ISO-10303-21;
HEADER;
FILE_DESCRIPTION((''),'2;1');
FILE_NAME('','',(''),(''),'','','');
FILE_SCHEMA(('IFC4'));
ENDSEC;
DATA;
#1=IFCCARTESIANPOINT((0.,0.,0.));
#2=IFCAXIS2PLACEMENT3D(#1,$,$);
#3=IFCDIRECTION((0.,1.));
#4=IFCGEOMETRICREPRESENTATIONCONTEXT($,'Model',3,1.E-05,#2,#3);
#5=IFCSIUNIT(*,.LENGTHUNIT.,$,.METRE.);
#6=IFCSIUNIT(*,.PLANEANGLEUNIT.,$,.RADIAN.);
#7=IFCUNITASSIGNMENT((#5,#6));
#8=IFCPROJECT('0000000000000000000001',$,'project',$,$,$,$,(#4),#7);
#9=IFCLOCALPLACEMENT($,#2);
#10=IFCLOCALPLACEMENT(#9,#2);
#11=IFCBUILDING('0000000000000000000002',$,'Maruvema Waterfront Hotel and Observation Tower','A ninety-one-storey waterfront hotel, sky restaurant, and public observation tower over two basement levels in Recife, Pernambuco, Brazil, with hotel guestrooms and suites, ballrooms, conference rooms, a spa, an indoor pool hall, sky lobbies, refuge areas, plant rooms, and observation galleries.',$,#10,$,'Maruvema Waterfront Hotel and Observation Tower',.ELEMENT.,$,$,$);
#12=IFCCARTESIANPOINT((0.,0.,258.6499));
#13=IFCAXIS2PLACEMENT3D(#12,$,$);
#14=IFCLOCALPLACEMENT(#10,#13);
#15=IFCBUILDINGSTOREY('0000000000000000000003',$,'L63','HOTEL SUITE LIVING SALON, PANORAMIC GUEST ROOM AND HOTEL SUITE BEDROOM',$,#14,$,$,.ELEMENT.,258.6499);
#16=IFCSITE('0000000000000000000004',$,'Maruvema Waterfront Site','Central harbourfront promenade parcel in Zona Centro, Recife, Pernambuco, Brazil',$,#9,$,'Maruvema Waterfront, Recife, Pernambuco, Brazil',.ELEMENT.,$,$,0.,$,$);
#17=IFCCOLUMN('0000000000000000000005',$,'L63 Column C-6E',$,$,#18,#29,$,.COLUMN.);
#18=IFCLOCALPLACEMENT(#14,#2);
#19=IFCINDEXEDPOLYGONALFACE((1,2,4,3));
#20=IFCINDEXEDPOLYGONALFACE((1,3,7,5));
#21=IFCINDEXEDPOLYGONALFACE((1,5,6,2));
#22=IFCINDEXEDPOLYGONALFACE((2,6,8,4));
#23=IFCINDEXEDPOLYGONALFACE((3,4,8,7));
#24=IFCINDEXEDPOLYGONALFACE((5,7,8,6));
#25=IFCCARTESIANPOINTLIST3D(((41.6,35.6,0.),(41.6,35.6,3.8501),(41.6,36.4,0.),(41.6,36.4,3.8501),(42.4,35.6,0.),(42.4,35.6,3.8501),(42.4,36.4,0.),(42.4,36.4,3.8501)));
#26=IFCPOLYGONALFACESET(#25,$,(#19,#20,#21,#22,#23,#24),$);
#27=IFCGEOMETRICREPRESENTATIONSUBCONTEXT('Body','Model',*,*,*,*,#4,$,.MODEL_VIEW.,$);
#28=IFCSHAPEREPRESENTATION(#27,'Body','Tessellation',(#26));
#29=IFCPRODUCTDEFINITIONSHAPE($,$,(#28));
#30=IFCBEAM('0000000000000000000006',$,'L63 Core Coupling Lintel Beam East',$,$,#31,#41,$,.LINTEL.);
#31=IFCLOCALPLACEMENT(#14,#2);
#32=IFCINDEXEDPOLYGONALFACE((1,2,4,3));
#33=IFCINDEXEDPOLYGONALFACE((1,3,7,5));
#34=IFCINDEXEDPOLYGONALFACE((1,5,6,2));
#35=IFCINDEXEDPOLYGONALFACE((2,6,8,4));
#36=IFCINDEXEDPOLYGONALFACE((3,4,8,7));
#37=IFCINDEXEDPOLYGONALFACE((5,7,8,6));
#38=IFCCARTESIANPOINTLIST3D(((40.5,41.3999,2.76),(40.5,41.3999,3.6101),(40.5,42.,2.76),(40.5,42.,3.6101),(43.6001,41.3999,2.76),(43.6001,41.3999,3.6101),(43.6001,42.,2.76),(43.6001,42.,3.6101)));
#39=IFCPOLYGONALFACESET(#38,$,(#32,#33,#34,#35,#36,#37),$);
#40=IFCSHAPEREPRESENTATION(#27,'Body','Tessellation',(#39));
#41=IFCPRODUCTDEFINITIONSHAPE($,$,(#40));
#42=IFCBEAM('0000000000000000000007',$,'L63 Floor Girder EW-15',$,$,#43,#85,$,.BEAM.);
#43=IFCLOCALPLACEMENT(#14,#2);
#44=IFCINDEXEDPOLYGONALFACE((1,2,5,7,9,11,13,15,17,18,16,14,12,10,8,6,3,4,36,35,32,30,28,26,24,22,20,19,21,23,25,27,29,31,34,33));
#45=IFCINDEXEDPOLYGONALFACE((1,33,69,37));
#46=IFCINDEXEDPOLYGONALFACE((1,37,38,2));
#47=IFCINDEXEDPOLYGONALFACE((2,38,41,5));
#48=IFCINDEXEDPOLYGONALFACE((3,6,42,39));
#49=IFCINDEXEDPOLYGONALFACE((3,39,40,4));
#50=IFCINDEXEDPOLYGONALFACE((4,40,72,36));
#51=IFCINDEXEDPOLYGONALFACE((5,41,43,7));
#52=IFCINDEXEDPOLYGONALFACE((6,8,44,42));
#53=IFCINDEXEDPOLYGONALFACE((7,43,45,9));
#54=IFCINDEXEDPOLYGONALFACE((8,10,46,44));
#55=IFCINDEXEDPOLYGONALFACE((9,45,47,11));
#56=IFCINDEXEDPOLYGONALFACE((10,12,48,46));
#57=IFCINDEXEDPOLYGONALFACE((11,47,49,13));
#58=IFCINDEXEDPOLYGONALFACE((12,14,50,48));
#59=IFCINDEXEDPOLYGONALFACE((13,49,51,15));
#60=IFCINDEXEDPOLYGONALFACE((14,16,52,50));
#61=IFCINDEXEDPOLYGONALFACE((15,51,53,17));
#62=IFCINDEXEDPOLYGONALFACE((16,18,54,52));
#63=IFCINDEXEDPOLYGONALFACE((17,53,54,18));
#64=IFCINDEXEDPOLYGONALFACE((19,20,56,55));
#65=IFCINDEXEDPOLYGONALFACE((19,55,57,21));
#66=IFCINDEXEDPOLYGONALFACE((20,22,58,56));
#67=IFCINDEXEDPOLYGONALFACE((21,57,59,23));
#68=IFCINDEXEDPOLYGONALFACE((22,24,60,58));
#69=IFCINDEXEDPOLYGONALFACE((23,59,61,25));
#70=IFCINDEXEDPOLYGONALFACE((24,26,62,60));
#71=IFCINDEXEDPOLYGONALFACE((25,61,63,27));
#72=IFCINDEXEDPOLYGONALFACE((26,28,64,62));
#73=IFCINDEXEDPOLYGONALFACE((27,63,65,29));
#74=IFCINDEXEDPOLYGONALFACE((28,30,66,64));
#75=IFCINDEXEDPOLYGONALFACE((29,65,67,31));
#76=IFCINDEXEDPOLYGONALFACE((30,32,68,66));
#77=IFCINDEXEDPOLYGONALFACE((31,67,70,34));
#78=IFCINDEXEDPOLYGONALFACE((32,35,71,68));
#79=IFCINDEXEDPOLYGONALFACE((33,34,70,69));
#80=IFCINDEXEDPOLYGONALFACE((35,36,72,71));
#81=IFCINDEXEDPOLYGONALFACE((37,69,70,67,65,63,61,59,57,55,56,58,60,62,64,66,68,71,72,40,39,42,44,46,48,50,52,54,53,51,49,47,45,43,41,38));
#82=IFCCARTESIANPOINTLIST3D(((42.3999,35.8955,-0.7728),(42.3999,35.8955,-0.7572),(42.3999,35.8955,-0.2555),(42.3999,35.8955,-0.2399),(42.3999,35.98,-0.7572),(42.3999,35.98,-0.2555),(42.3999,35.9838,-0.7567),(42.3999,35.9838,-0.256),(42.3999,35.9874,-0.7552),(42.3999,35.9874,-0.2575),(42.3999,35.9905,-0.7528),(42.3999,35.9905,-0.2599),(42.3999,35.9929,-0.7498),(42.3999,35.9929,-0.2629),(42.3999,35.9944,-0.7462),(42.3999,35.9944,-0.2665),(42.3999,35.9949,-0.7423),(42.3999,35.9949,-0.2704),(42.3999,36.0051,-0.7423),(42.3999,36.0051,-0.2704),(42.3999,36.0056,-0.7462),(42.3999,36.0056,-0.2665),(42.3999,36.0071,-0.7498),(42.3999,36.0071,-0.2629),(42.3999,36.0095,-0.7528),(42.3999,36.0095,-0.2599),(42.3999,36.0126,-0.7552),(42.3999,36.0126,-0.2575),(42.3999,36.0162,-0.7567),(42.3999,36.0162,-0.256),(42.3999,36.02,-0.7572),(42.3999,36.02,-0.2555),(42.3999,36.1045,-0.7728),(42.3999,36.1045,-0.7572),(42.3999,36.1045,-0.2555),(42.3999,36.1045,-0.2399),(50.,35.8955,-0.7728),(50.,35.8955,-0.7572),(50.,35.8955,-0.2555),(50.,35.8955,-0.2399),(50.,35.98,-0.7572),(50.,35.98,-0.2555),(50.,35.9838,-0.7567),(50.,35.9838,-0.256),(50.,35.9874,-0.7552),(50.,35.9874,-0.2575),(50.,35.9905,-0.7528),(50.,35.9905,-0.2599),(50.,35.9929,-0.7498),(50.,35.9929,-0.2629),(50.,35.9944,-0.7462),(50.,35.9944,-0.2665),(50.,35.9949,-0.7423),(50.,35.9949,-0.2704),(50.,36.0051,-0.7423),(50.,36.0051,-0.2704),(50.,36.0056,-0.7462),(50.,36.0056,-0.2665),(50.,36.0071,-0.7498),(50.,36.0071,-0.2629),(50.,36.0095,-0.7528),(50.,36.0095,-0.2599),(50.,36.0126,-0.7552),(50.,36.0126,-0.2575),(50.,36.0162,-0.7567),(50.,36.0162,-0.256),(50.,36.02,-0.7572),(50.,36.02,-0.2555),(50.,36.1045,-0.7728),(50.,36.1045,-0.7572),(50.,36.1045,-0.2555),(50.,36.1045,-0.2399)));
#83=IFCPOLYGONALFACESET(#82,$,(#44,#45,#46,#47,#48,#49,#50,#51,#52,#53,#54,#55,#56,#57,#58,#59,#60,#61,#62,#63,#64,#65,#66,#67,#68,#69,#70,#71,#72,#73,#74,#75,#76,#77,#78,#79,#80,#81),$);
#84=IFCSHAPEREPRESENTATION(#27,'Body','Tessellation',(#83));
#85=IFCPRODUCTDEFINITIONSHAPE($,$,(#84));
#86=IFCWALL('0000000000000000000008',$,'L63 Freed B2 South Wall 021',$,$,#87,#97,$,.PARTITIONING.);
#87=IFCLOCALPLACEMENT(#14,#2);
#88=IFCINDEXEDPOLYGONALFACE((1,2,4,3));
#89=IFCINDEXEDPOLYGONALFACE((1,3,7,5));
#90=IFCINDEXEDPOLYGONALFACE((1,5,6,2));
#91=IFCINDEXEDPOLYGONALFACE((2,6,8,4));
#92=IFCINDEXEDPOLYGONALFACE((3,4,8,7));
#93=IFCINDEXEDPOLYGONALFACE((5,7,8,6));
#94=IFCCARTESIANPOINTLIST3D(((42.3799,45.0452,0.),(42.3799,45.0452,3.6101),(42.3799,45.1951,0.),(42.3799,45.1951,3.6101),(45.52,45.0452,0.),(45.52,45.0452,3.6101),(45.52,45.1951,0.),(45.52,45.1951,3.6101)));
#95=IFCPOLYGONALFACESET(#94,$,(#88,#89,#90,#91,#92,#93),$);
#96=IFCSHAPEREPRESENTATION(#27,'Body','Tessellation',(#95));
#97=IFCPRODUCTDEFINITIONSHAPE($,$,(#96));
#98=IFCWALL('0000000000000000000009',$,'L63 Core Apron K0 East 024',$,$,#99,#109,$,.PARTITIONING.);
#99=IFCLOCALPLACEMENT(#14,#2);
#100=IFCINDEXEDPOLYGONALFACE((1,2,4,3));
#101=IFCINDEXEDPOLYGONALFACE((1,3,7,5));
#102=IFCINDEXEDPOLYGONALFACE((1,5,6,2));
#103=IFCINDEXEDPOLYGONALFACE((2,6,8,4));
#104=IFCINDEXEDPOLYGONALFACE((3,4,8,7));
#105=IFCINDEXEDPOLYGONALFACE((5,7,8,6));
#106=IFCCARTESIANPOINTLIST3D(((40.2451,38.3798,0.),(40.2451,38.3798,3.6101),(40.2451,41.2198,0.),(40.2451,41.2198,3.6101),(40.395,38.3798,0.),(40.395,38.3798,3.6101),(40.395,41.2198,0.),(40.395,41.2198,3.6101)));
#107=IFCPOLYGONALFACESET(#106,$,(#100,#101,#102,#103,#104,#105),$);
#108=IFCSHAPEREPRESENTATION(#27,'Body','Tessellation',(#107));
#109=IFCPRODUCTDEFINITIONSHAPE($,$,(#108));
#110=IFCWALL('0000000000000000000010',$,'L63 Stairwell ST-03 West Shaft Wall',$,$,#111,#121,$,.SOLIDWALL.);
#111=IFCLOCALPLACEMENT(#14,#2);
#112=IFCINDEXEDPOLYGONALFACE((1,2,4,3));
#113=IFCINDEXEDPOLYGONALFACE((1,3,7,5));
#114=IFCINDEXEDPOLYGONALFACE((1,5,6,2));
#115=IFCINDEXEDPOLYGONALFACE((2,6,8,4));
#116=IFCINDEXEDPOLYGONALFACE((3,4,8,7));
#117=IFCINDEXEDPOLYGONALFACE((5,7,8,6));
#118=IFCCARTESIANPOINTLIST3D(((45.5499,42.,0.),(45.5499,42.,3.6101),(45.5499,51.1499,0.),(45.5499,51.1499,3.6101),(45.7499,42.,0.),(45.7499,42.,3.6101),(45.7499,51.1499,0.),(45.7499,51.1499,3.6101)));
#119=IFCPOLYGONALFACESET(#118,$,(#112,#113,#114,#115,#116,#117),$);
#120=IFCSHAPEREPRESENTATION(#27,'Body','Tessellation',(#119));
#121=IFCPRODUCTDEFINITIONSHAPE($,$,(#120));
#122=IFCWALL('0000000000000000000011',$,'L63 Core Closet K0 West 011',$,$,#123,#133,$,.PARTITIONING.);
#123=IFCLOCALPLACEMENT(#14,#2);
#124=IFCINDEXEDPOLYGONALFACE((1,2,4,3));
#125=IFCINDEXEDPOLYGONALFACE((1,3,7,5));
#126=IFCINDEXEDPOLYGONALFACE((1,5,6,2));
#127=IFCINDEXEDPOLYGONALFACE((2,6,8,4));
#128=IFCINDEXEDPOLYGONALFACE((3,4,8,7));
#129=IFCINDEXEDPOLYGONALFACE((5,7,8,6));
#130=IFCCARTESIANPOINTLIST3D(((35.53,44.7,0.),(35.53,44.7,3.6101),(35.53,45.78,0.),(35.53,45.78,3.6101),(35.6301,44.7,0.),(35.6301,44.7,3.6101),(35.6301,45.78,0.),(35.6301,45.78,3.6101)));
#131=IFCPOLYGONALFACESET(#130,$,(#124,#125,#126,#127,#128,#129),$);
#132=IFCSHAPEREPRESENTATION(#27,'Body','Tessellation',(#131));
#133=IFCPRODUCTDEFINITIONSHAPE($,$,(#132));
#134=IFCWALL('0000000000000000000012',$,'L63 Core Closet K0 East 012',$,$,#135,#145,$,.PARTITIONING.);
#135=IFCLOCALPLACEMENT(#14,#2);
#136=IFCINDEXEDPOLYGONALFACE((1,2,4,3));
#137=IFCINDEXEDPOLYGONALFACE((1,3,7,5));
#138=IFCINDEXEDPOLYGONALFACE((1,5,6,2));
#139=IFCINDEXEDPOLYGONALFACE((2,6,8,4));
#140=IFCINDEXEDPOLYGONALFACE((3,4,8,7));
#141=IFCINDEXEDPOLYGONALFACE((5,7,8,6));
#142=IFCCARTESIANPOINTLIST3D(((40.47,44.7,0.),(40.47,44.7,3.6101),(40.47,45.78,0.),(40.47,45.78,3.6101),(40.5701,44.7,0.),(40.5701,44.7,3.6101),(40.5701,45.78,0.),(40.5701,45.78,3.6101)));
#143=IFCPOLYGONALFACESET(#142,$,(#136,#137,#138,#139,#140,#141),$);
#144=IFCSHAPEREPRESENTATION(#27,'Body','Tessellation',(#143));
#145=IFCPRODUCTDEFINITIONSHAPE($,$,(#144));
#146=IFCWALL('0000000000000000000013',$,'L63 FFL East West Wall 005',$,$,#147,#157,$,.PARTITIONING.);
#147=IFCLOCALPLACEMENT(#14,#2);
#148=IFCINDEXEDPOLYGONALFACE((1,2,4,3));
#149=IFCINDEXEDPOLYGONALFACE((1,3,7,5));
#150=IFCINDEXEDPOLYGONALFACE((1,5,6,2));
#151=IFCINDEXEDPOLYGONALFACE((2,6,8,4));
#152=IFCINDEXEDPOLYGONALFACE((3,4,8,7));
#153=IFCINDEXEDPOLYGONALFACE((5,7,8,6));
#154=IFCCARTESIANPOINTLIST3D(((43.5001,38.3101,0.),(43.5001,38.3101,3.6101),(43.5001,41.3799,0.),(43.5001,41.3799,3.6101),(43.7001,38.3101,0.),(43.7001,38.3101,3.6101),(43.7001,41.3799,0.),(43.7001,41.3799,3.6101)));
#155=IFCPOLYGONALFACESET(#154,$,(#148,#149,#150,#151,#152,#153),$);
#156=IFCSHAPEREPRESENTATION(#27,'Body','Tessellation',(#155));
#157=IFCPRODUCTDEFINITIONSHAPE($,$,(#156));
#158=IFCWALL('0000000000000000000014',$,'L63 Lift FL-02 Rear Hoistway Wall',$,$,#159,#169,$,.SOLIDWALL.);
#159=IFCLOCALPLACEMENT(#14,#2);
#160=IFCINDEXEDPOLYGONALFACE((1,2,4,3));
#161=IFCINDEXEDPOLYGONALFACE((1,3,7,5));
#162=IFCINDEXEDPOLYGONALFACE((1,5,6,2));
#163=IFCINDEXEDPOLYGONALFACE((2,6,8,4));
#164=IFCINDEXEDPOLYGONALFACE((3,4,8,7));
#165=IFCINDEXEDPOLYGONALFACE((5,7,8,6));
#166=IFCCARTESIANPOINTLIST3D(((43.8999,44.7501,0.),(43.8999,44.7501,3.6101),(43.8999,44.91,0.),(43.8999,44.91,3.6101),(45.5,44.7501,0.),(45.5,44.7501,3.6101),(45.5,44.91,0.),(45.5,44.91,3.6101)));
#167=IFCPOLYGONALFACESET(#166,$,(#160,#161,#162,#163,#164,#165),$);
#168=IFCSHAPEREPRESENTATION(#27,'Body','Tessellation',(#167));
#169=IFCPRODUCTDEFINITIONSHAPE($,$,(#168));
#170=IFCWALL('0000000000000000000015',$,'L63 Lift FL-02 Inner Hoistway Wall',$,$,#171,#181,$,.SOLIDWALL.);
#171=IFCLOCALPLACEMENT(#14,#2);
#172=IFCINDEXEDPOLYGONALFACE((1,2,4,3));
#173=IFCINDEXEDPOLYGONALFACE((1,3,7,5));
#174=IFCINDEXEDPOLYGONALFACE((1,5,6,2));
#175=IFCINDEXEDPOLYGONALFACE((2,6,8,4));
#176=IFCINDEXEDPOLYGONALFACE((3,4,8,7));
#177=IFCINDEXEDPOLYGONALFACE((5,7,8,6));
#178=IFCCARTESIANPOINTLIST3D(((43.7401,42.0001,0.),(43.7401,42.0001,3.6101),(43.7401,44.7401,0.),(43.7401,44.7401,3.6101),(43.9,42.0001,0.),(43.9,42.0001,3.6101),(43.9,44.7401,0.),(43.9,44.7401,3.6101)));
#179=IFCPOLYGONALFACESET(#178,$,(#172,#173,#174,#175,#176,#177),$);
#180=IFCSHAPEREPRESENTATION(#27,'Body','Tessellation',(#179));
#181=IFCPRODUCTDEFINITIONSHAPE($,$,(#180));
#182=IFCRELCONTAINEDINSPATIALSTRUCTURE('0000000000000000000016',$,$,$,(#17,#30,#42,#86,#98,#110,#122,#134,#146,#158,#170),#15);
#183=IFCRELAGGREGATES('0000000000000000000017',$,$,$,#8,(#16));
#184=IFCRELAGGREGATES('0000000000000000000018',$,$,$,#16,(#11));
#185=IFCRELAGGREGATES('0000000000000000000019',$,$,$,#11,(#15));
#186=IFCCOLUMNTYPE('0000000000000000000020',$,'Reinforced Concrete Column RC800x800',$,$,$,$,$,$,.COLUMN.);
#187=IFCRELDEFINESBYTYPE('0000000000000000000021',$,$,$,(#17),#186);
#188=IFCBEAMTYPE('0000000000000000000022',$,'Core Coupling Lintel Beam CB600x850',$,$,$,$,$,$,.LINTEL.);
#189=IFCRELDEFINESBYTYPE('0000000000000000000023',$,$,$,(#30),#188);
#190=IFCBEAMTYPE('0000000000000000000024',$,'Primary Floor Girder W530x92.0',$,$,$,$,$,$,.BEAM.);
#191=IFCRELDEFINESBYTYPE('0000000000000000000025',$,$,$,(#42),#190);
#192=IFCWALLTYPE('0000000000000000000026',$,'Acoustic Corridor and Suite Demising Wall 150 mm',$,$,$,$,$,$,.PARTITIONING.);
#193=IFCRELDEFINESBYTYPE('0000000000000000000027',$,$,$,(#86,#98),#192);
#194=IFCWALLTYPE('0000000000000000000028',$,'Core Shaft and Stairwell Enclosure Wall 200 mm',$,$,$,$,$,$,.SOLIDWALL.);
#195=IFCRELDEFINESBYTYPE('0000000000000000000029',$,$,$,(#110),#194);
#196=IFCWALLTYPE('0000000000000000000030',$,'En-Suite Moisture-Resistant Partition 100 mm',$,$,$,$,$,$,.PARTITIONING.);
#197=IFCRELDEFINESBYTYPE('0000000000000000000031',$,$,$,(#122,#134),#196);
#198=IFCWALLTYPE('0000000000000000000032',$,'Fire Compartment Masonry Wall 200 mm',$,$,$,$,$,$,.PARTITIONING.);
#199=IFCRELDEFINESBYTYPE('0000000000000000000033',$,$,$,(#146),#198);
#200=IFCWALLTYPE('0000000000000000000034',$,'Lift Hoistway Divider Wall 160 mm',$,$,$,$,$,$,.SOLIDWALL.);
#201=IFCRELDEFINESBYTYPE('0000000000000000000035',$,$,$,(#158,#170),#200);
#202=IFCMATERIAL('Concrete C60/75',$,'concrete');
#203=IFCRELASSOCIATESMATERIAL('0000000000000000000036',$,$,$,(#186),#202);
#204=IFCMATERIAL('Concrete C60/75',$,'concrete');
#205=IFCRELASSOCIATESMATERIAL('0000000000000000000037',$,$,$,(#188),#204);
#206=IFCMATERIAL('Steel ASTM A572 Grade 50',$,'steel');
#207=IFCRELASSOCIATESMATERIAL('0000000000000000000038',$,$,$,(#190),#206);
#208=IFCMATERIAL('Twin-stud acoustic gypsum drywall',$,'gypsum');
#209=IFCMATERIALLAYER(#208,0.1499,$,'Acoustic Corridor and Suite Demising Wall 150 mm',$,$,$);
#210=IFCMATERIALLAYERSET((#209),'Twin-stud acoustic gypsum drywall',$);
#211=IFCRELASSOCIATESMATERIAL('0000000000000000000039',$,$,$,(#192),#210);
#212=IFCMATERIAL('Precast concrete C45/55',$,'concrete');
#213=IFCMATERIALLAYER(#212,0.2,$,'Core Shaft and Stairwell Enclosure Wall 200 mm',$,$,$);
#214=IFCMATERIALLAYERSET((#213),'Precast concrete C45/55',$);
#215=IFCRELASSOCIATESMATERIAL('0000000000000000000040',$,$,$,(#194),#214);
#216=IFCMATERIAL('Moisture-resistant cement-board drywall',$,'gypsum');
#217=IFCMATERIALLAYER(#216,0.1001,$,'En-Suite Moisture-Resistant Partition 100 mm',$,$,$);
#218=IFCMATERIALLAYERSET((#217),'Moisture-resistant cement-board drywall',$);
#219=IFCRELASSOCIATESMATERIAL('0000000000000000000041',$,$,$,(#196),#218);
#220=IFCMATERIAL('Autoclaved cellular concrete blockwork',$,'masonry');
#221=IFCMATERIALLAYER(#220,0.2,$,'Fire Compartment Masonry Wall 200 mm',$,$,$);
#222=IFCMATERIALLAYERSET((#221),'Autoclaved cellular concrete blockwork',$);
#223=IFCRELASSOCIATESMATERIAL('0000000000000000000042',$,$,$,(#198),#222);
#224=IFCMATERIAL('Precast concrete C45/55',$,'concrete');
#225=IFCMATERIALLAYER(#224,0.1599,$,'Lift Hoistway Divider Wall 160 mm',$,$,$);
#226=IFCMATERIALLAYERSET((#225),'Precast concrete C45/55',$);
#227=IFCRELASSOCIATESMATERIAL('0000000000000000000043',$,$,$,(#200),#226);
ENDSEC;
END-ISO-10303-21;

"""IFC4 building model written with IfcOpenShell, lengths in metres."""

from ifc_helpers import new_model, si_unit, direction, frame, frame_2d, origin, origin_2d, place, context, subcontext, project, spatial, rectangle, i_section, extrude, material, layer, layer_set, material_profile, profile_set, type_object, element, save


model = new_model("IFC4")

# Units and contexts
model_context = context("Model", 3, precision=1e-05, world=origin(), true_north=direction((0.0, 1.0)))
body_context = subcontext(model_context, "Body", "Model", "MODEL_VIEW")
ifc_project = project(units=[si_unit("LENGTHUNIT", "METRE"), si_unit("PLANEANGLEUNIT", "RADIAN")], contexts=[model_context])

# Site, building, storey
site_placement = place(None, origin())
site = spatial("IfcSite", under=ifc_project, at=site_placement, Name="Maruvema Waterfront Site", Description="Central harbourfront promenade parcel in Zona Centro, Recife, Pernambuco, Brazil", LongName="Maruvema Waterfront, Recife, Pernambuco, Brazil", CompositionType="ELEMENT", RefElevation=0.0)
building_placement = place(site_placement, origin())
building = spatial("IfcBuilding", under=site, at=building_placement, Name="Maruvema Waterfront Hotel and Observation Tower", Description="A ninety-one-storey waterfront hotel, sky restaurant, and public observation tower over two basement levels in Recife, Pernambuco, Brazil, with hotel guestrooms and suites, ballrooms, conference rooms, a spa, an indoor pool hall, sky lobbies, refuge areas, plant rooms, and observation galleries.", LongName="Maruvema Waterfront Hotel and Observation Tower", CompositionType="ELEMENT")
storey_placement = place(building_placement, frame((0.0, 0.0, 258.6499)))
storey = spatial("IfcBuildingStorey", under=building, at=storey_placement, Name="L63", Description="HOTEL SUITE LIVING SALON, PANORAMIC GUEST ROOM AND HOTEL SUITE BEDROOM", CompositionType="ELEMENT", Elevation=258.6499)

# Column
ifc_material_1 = material(Name="Concrete C60/75", Category="concrete")
ifc_material_profile_1 = material_profile(ifc_material_1, rectangle(XDim=0.8, YDim=0.8, at=origin_2d()), Name="RC800x800")
ifc_profile_set_1 = profile_set([ifc_material_profile_1], Name="Concrete C60/75")
column_type = type_object("IfcColumnType", Name="Reinforced Concrete Column RC800x800", PredefinedType="COLUMN", material=ifc_profile_set_1)
column_placement = place(storey_placement, frame((42.0, 36.0, 0.0), z_axis=(0.0, 0.0, 1.0), x_axis=(1.0, 0.0, 0.0)))
element("IfcColumn", 1, at=column_placement, inside=storey, type_object=column_type, Name="L63 Column C-6E", PredefinedType="COLUMN", context=body_context, shape_type="SweptSolid", body=[
    extrude(rectangle(XDim=0.8, YDim=0.8, at=origin_2d()), origin(), (0.0, 0.0, 1.0), 3.8501),
])

# Beams
ifc_material_2 = material(Name="Concrete C60/75", Category="concrete")
ifc_material_profile_2 = material_profile(ifc_material_2, rectangle(XDim=0.6001, YDim=0.8501, at=origin_2d()), Name="CB600x850")
ifc_profile_set_2 = profile_set([ifc_material_profile_2], Name="Concrete C60/75")
beam_type_1 = type_object("IfcBeamType", Name="Core Coupling Lintel Beam CB600x850", PredefinedType="LINTEL", material=ifc_profile_set_2)
beam_1_placement = place(storey_placement, frame((40.5, 41.7, 3.1851), z_axis=(1.0, 0.0, 0.0), x_axis=(0.0, 1.0, 0.0)))
element("IfcBeam", 2, at=beam_1_placement, inside=storey, type_object=beam_type_1, Name="L63 Core Coupling Lintel Beam East", PredefinedType="LINTEL", context=body_context, shape_type="SweptSolid", body=[
    extrude(rectangle(XDim=0.6001, YDim=0.8501, at=origin_2d()), origin(), (0.0, 0.0, 1.0), 3.1001),
])
ifc_material_3 = material(Name="Steel ASTM A572 Grade 50", Category="steel")
ifc_material_profile_3 = material_profile(ifc_material_3, i_section(OverallWidth=0.209, OverallDepth=0.533, WebThickness=0.0103, FlangeThickness=0.0156, FilletRadius=0.0149, at=origin_2d()), Name="W530x92.0")
ifc_profile_set_3 = profile_set([ifc_material_profile_3], Name="Steel ASTM A572 Grade 50")
beam_type_2 = type_object("IfcBeamType", Name="Primary Floor Girder W530x92.0", PredefinedType="BEAM", material=ifc_profile_set_3)
beam_2_placement = place(storey_placement, frame((42.3999, 36.0, -0.5063), z_axis=(1.0, 0.0, 0.0), x_axis=(0.0, 1.0, 0.0)))
element("IfcBeam", 3, at=beam_2_placement, inside=storey, type_object=beam_type_2, Name="L63 Floor Girder EW-15", PredefinedType="BEAM", context=body_context, shape_type="SweptSolid", body=[
    extrude(i_section(OverallWidth=0.209, OverallDepth=0.533, WebThickness=0.0103, FlangeThickness=0.0156, FilletRadius=0.0149, at=origin_2d()), origin(), (0.0, 0.0, 1.0), 7.6001),
])

# Walls
ifc_material_4 = material(Name="Twin-stud acoustic gypsum drywall", Category="gypsum")
ifc_layer_1 = layer(ifc_material_4, 0.1499, Name="Acoustic Corridor and Suite Demising Wall 150 mm")
ifc_layer_set_1 = layer_set([ifc_layer_1], Name="Twin-stud acoustic gypsum drywall")
wall_type_1 = type_object("IfcWallType", Name="Acoustic Corridor and Suite Demising Wall 150 mm", PredefinedType="PARTITIONING", material=ifc_layer_set_1)
wall_1_placement = place(storey_placement, frame((42.3799, 45.1201, 0.0), z_axis=(0.0, 0.0, 1.0), x_axis=(1.0, 0.0, 0.0)))
element("IfcWall", 4, at=wall_1_placement, inside=storey, type_object=wall_type_1, Name="L63 Freed B2 South Wall 021", PredefinedType="PARTITIONING", context=body_context, shape_type="SweptSolid", body=[
    extrude(rectangle(XDim=3.1401, YDim=0.1499, at=frame_2d((1.5701, 0.0))), origin(), (0.0, 0.0, 1.0), 3.6101),
])
wall_2_placement = place(storey_placement, frame((40.3201, 38.3799, 0.0), z_axis=(0.0, 0.0, 1.0), x_axis=(0.0, 1.0, 0.0)))
element("IfcWall", 5, at=wall_2_placement, inside=storey, type_object=wall_type_1, Name="L63 Core Apron K0 East 024", PredefinedType="PARTITIONING", context=body_context, shape_type="SweptSolid", body=[
    extrude(rectangle(XDim=2.8401, YDim=0.1499, at=frame_2d((1.4199, 0.0))), origin(), (0.0, 0.0, 1.0), 3.6101),
])
ifc_material_5 = material(Name="Precast concrete C45/55", Category="concrete")
ifc_layer_2 = layer(ifc_material_5, 0.2, Name="Core Shaft and Stairwell Enclosure Wall 200 mm")
ifc_layer_set_2 = layer_set([ifc_layer_2], Name="Precast concrete C45/55")
wall_type_2 = type_object("IfcWallType", Name="Core Shaft and Stairwell Enclosure Wall 200 mm", PredefinedType="SOLIDWALL", material=ifc_layer_set_2)
wall_3_placement = place(storey_placement, frame((45.6499, 42.0, 0.0), z_axis=(0.0, 0.0, 1.0), x_axis=(0.0, 1.0, 0.0)))
element("IfcWall", 6, at=wall_3_placement, inside=storey, type_object=wall_type_2, Name="L63 Stairwell ST-03 West Shaft Wall", PredefinedType="SOLIDWALL", context=body_context, shape_type="SweptSolid", body=[
    extrude(rectangle(XDim=9.1499, YDim=0.2, at=frame_2d((4.575, 0.0))), origin(), (0.0, 0.0, 1.0), 3.6101),
])

# Walls
ifc_material_6 = material(Name="Moisture-resistant cement-board drywall", Category="gypsum")
ifc_layer_3 = layer(ifc_material_6, 0.1001, Name="En-Suite Moisture-Resistant Partition 100 mm")
ifc_layer_set_3 = layer_set([ifc_layer_3], Name="Moisture-resistant cement-board drywall")
wall_type_3 = type_object("IfcWallType", Name="En-Suite Moisture-Resistant Partition 100 mm", PredefinedType="PARTITIONING", material=ifc_layer_set_3)
for number, where, z_axis, x_axis, name in (
    (7, (35.5801, 44.7, 0.0), (0.0, 0.0, 1.0), (0.0, 1.0, 0.0), "L63 Core Closet K0 West 011"),
    (8, (40.52, 44.7, 0.0), (0.0, 0.0, 1.0), (0.0, 1.0, 0.0), "L63 Core Closet K0 East 012"),
):
    element("IfcWall", number, at=place(storey_placement, frame(where, z_axis=z_axis, x_axis=x_axis)), inside=storey, type_object=wall_type_3, Name=name, PredefinedType="PARTITIONING", context=body_context, shape_type="SweptSolid", body=[
        extrude(rectangle(XDim=1.0801, YDim=0.1001, at=frame_2d((0.54, 0.0))), origin(), (0.0, 0.0, 1.0), 3.6101),
    ])

# Shared definitions
ifc_material_7 = material(Name="Autoclaved cellular concrete blockwork", Category="masonry")
ifc_layer_4 = layer(ifc_material_7, 0.2, Name="Fire Compartment Masonry Wall 200 mm")
ifc_layer_set_4 = layer_set([ifc_layer_4], Name="Autoclaved cellular concrete blockwork")
wall_type_4 = type_object("IfcWallType", Name="Fire Compartment Masonry Wall 200 mm", PredefinedType="PARTITIONING", material=ifc_layer_set_4)

# Walls
wall_4_placement = place(storey_placement, frame((43.6001, 38.3101, 0.0), z_axis=(0.0, 0.0, 1.0), x_axis=(0.0, 1.0, 0.0)))
element("IfcWall", 9, at=wall_4_placement, inside=storey, type_object=wall_type_4, Name="L63 FFL East West Wall 005", PredefinedType="PARTITIONING", context=body_context, shape_type="SweptSolid", body=[
    extrude(rectangle(XDim=3.0698, YDim=0.2, at=frame_2d((1.5349, 0.0))), origin(), (0.0, 0.0, 1.0), 3.6101),
])
ifc_material_8 = material(Name="Precast concrete C45/55", Category="concrete")
ifc_layer_5 = layer(ifc_material_8, 0.1599, Name="Lift Hoistway Divider Wall 160 mm")
ifc_layer_set_5 = layer_set([ifc_layer_5], Name="Precast concrete C45/55")
wall_type_5 = type_object("IfcWallType", Name="Lift Hoistway Divider Wall 160 mm", PredefinedType="SOLIDWALL", material=ifc_layer_set_5)
wall_5_placement = place(storey_placement, frame((43.8999, 44.8301, 0.0), z_axis=(0.0, 0.0, 1.0), x_axis=(1.0, 0.0, 0.0)))
element("IfcWall", 10, at=wall_5_placement, inside=storey, type_object=wall_type_5, Name="L63 Lift FL-02 Rear Hoistway Wall", PredefinedType="SOLIDWALL", context=body_context, shape_type="SweptSolid", body=[
    extrude(rectangle(XDim=1.6001, YDim=0.1599, at=frame_2d((0.8, 0.0))), origin(), (0.0, 0.0, 1.0), 3.6101),
])
wall_6_placement = place(storey_placement, frame((43.8201, 42.0, 0.0), z_axis=(0.0, 0.0, 1.0), x_axis=(0.0, 1.0, 0.0)))
element("IfcWall", 11, at=wall_6_placement, inside=storey, type_object=wall_type_5, Name="L63 Lift FL-02 Inner Hoistway Wall", PredefinedType="SOLIDWALL", context=body_context, shape_type="SweptSolid", body=[
    extrude(rectangle(XDim=2.74, YDim=0.1599, at=frame_2d((1.3701, 0.0))), origin(), (0.0, 0.0, 1.0), 3.6101),
])

save(model, "model.ifc")
